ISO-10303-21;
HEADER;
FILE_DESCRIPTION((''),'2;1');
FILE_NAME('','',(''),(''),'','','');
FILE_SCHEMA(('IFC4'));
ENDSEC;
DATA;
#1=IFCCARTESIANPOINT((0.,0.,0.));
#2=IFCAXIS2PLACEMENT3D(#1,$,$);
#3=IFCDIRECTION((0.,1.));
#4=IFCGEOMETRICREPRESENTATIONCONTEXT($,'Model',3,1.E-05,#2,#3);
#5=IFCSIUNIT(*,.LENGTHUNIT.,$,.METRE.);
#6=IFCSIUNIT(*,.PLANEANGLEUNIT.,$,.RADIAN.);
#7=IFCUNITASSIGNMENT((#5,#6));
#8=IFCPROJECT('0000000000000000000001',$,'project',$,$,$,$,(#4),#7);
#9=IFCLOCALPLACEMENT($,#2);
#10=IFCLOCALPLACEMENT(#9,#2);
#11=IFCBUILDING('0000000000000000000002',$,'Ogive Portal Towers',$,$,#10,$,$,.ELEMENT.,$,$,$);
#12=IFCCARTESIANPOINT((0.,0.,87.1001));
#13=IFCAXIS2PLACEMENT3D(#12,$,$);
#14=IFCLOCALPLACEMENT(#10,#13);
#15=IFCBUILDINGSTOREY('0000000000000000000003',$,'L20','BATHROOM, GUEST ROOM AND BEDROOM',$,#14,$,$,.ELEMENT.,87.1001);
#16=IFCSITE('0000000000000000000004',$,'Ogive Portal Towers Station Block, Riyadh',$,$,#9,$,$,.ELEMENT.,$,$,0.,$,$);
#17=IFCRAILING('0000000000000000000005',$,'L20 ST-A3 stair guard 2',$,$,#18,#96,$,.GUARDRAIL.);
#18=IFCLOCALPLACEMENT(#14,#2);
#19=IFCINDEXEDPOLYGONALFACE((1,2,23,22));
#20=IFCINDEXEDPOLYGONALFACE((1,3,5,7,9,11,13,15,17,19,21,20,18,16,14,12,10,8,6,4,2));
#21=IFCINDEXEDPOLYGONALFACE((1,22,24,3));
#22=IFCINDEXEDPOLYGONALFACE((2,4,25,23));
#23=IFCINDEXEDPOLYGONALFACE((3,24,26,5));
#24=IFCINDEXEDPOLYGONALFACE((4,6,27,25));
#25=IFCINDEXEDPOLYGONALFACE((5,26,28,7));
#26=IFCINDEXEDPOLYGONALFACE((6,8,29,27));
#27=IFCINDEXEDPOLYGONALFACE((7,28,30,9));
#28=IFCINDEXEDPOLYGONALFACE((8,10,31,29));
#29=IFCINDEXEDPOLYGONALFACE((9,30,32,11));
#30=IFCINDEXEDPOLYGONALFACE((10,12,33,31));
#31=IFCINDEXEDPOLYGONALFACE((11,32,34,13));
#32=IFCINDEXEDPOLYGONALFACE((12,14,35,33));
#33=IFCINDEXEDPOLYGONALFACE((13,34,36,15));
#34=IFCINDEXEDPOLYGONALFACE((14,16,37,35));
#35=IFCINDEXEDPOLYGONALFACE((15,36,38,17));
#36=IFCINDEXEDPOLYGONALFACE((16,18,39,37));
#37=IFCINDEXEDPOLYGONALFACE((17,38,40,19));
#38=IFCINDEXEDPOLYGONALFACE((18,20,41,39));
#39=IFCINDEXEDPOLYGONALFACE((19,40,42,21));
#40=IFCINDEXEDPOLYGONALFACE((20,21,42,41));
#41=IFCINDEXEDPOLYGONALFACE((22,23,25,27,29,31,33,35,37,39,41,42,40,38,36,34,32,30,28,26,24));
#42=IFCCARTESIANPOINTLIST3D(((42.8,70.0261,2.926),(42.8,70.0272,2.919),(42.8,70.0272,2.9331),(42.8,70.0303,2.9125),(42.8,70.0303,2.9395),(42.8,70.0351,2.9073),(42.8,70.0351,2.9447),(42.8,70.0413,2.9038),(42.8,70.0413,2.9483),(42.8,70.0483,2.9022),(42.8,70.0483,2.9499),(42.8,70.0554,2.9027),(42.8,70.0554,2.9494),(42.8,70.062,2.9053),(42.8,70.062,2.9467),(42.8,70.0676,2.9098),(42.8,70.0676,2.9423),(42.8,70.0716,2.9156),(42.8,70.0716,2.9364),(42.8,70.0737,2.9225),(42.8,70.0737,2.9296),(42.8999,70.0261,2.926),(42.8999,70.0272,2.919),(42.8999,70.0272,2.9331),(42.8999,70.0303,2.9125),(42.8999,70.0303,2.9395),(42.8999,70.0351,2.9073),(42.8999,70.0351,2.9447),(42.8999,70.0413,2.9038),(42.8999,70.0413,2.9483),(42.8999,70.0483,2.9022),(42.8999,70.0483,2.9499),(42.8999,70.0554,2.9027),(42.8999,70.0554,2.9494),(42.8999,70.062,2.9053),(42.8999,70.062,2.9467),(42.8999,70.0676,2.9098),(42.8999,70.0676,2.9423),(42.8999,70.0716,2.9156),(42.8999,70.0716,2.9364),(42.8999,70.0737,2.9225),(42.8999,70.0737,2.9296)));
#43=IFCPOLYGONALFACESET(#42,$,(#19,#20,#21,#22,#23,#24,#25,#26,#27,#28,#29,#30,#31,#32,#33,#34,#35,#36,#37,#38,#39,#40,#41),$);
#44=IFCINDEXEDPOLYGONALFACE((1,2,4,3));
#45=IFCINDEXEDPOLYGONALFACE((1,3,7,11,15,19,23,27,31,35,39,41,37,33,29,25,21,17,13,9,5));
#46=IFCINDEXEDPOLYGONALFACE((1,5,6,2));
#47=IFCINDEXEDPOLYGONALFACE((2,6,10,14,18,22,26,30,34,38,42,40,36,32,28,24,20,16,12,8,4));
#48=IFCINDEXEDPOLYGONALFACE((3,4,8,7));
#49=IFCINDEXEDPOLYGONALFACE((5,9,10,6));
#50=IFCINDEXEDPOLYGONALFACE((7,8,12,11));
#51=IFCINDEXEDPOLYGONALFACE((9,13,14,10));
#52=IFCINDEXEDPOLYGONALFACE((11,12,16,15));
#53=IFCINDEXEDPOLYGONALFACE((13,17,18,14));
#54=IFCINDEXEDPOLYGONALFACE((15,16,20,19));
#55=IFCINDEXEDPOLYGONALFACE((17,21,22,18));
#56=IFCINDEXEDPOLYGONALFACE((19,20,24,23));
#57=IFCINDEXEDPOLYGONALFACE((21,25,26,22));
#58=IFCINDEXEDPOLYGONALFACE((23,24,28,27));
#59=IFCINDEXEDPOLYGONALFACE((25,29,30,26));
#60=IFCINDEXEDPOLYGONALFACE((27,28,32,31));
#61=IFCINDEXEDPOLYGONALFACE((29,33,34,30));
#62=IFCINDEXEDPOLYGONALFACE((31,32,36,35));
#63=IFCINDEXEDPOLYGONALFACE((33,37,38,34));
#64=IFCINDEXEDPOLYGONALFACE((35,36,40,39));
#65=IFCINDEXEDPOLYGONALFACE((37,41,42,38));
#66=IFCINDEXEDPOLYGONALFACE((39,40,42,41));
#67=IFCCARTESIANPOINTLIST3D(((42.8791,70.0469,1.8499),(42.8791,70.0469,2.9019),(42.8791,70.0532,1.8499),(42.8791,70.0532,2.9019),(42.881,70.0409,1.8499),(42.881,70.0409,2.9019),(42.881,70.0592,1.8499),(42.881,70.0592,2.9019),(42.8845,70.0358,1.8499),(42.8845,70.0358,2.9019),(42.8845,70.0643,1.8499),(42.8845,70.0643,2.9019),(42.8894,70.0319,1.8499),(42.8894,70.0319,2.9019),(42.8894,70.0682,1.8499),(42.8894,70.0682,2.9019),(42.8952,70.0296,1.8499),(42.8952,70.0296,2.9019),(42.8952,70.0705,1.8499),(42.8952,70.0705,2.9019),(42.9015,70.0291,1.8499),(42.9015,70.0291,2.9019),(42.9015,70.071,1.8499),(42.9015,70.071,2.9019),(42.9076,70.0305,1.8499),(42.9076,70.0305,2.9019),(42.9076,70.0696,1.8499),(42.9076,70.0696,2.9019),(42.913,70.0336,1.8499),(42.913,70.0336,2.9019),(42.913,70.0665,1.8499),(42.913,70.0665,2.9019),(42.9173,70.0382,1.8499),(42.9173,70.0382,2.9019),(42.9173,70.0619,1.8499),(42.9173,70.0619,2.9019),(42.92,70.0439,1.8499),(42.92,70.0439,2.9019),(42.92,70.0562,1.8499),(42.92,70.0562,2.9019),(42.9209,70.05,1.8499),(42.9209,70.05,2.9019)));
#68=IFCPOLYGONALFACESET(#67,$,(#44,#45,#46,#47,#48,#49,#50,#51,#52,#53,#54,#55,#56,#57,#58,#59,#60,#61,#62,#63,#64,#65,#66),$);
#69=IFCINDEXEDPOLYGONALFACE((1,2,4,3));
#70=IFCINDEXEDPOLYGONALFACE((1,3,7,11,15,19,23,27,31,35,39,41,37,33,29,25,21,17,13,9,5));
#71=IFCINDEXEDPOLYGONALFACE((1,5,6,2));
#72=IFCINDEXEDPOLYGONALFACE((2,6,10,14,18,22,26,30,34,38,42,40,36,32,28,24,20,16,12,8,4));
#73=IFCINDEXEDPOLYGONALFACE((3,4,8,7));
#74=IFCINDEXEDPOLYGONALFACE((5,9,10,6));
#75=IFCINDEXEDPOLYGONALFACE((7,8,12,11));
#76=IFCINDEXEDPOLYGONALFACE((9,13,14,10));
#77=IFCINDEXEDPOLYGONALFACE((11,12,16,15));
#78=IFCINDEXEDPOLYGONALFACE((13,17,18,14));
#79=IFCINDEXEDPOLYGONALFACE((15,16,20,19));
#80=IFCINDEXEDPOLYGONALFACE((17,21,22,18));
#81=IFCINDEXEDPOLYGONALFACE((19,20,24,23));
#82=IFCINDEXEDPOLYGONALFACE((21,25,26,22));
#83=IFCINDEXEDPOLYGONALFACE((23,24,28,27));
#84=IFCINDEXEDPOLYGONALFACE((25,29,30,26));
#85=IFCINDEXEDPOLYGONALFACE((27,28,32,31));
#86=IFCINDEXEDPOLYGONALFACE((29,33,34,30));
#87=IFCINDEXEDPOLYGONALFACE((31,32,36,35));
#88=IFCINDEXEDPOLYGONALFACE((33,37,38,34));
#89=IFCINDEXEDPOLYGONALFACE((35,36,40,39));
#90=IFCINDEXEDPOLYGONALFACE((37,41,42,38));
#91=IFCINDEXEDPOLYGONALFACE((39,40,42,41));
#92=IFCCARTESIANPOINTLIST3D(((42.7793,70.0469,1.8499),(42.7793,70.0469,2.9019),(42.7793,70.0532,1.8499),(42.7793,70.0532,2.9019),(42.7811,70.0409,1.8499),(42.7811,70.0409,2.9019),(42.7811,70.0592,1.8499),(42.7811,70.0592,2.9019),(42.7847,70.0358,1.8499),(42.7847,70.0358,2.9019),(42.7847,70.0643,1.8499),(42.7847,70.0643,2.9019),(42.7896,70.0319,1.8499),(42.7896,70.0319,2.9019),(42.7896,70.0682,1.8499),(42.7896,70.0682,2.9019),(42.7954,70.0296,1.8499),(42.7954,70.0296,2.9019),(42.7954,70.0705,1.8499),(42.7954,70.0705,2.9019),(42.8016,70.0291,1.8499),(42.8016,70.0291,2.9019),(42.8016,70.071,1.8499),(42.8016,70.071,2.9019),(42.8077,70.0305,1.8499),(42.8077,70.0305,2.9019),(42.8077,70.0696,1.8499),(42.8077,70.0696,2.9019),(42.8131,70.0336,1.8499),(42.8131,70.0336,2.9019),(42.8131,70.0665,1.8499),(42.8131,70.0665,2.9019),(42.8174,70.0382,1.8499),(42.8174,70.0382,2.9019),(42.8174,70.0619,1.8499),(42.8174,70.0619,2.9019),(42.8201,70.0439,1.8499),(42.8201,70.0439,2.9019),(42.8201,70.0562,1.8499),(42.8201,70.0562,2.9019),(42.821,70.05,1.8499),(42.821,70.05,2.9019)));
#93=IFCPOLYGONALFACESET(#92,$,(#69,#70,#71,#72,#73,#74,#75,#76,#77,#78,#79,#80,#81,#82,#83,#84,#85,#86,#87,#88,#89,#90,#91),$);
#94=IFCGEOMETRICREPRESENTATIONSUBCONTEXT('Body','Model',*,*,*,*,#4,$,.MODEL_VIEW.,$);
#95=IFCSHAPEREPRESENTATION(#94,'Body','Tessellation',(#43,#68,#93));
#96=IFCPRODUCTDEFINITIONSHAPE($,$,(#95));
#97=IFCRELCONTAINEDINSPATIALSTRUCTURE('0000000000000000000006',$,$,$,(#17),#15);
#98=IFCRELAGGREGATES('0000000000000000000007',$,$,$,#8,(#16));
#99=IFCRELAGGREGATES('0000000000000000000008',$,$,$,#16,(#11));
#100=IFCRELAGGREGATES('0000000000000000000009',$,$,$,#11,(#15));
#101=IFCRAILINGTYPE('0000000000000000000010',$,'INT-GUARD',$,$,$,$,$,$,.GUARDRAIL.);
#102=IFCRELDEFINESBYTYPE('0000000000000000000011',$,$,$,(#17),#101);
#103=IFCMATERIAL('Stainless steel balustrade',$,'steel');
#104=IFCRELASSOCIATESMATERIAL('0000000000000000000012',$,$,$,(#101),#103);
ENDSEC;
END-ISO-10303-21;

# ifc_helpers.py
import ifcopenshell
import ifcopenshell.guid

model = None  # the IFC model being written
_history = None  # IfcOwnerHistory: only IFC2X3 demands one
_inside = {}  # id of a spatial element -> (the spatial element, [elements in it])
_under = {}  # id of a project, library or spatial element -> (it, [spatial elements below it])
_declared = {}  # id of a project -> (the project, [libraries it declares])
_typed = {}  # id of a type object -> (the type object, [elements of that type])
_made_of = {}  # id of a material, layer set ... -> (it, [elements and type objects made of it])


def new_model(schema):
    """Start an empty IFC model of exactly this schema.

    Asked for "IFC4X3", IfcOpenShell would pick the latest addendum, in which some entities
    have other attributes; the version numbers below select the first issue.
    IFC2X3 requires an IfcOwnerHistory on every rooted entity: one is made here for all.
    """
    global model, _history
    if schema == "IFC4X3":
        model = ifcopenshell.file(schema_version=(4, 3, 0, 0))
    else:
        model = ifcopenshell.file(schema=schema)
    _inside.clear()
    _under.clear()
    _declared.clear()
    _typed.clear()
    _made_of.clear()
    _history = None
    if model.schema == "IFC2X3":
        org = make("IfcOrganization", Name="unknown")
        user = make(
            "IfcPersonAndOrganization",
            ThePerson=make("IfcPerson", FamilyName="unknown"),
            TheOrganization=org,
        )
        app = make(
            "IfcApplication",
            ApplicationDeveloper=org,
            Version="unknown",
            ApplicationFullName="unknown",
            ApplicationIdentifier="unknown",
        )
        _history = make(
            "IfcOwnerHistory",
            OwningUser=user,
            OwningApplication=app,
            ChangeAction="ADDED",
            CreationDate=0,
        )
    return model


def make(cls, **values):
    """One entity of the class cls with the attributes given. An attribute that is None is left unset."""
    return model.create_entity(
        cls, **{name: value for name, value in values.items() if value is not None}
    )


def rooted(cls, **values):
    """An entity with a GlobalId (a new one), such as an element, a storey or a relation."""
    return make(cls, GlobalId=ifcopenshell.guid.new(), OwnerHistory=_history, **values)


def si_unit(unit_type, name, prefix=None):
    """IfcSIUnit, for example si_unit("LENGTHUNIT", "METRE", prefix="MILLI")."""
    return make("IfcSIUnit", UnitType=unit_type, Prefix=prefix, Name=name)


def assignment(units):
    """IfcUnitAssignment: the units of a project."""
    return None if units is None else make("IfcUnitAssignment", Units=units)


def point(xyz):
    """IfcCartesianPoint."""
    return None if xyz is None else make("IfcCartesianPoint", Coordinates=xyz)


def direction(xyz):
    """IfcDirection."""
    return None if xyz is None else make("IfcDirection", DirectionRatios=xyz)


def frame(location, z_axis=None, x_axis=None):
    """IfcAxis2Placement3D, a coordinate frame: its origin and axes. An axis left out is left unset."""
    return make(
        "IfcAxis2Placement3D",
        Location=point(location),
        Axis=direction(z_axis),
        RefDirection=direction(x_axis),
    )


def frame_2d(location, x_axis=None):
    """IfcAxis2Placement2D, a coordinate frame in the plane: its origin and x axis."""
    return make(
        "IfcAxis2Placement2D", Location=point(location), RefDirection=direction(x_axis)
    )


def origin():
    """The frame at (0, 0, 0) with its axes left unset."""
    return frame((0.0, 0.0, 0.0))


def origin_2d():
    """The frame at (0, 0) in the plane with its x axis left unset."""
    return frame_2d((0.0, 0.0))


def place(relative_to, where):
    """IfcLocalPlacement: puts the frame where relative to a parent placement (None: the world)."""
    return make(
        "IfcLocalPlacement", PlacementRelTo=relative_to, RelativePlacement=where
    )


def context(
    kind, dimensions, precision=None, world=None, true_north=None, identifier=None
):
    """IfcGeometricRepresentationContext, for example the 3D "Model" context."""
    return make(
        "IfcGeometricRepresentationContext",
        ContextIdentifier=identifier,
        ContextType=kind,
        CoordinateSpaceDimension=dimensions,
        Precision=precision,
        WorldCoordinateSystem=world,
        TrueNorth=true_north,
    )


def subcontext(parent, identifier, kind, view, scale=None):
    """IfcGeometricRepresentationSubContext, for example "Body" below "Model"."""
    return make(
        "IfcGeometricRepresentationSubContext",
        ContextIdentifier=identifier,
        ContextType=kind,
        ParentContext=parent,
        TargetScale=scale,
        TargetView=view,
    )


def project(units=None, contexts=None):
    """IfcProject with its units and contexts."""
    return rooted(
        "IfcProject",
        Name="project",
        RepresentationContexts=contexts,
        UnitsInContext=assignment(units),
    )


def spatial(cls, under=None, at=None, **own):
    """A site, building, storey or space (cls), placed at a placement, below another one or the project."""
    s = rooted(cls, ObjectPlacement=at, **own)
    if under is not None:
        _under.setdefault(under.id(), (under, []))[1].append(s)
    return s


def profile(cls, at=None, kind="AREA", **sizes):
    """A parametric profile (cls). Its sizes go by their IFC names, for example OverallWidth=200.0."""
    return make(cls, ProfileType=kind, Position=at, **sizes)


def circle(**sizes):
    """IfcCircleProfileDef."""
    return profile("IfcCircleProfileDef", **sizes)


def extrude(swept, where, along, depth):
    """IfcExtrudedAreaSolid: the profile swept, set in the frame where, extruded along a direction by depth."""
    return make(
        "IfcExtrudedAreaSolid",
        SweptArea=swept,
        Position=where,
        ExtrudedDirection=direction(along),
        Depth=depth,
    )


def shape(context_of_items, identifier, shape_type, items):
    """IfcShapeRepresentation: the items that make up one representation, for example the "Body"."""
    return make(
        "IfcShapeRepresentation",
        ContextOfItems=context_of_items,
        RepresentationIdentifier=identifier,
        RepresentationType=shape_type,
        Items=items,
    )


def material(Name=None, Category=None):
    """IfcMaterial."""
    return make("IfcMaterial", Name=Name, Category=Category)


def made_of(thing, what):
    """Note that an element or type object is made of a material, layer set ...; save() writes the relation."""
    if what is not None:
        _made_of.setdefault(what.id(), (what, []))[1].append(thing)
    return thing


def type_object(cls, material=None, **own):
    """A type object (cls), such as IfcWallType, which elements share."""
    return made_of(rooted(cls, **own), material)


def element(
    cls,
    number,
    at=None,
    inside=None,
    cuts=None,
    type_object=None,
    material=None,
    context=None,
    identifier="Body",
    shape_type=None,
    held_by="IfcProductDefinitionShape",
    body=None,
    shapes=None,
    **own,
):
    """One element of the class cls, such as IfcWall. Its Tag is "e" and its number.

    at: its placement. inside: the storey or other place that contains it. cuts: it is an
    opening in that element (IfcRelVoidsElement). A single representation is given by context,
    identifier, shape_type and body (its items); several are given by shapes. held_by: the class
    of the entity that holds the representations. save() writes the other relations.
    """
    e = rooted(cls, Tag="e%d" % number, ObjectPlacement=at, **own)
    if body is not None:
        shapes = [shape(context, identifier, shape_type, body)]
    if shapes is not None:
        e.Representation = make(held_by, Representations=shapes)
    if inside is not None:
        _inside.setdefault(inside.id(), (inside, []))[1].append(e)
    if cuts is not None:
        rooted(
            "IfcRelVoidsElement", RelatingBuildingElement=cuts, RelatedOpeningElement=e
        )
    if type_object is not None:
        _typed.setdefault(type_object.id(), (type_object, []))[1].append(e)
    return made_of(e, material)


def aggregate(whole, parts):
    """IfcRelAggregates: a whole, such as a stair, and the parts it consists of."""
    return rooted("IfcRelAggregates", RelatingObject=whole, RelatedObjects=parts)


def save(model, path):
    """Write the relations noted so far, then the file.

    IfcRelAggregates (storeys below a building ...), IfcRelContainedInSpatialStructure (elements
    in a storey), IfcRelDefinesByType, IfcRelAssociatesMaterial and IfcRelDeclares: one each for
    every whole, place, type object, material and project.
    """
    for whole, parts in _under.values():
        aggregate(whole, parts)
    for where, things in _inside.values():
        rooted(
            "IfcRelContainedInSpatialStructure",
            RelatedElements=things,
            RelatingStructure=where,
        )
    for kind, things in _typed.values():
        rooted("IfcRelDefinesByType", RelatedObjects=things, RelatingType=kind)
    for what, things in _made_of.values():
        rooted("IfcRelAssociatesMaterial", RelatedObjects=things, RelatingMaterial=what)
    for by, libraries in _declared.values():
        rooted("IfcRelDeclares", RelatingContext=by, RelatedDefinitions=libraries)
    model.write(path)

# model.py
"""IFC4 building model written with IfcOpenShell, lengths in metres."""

from ifc_helpers import new_model, si_unit, direction, frame, origin, origin_2d, place, context, subcontext, project, spatial, circle, extrude, material, type_object, element, save


model = new_model("IFC4")

# Units and contexts
model_context = context("Model", 3, precision=1e-05, world=origin(), true_north=direction((0.0, 1.0)))
body_context = subcontext(model_context, "Body", "Model", "MODEL_VIEW")
ifc_project = project(units=[si_unit("LENGTHUNIT", "METRE"), si_unit("PLANEANGLEUNIT", "RADIAN")], contexts=[model_context])

# Site, building, storey
site_placement = place(None, origin())
site = spatial("IfcSite", under=ifc_project, at=site_placement, Name="Ogive Portal Towers Station Block, Riyadh", CompositionType="ELEMENT", RefElevation=0.0)
building_placement = place(site_placement, origin())
building = spatial("IfcBuilding", under=site, at=building_placement, Name="Ogive Portal Towers", CompositionType="ELEMENT")
storey_placement = place(building_placement, frame((0.0, 0.0, 87.1001)))
storey = spatial("IfcBuildingStorey", under=building, at=storey_placement, Name="L20", Description="BATHROOM, GUEST ROOM AND BEDROOM", CompositionType="ELEMENT", Elevation=87.1001)

# Railing
ifc_material_1 = material(Name="Stainless steel balustrade", Category="steel")
railing_type_1 = type_object("IfcRailingType", Name="INT-GUARD", PredefinedType="GUARDRAIL", material=ifc_material_1)
railing_1_placement = place(storey_placement, frame((42.8999, 70.05, 1.8499)))
element("IfcRailing", 1, at=railing_1_placement, inside=storey, type_object=railing_type_1, Name="L20 ST-A3 stair guard 2", PredefinedType="GUARDRAIL", context=body_context, shape_type="SweptSolid", body=[
    extrude(circle(Radius=0.0239, at=origin_2d()), frame((0.0, 0.0, 1.0762), z_axis=(-1.0, 0.0, 0.0), x_axis=(0.0, -1.0, 0.0)), (0.0, 0.0, 1.0), 0.0999),
    extrude(circle(Radius=0.021, at=origin_2d()), origin(), (0.0, 0.0, 1.0), 1.052),
    extrude(circle(Radius=0.021, at=origin_2d()), frame((-0.0999, 0.0, 0.0)), (0.0, 0.0, 1.0), 1.052),
])

save(model, "model.ifc")
